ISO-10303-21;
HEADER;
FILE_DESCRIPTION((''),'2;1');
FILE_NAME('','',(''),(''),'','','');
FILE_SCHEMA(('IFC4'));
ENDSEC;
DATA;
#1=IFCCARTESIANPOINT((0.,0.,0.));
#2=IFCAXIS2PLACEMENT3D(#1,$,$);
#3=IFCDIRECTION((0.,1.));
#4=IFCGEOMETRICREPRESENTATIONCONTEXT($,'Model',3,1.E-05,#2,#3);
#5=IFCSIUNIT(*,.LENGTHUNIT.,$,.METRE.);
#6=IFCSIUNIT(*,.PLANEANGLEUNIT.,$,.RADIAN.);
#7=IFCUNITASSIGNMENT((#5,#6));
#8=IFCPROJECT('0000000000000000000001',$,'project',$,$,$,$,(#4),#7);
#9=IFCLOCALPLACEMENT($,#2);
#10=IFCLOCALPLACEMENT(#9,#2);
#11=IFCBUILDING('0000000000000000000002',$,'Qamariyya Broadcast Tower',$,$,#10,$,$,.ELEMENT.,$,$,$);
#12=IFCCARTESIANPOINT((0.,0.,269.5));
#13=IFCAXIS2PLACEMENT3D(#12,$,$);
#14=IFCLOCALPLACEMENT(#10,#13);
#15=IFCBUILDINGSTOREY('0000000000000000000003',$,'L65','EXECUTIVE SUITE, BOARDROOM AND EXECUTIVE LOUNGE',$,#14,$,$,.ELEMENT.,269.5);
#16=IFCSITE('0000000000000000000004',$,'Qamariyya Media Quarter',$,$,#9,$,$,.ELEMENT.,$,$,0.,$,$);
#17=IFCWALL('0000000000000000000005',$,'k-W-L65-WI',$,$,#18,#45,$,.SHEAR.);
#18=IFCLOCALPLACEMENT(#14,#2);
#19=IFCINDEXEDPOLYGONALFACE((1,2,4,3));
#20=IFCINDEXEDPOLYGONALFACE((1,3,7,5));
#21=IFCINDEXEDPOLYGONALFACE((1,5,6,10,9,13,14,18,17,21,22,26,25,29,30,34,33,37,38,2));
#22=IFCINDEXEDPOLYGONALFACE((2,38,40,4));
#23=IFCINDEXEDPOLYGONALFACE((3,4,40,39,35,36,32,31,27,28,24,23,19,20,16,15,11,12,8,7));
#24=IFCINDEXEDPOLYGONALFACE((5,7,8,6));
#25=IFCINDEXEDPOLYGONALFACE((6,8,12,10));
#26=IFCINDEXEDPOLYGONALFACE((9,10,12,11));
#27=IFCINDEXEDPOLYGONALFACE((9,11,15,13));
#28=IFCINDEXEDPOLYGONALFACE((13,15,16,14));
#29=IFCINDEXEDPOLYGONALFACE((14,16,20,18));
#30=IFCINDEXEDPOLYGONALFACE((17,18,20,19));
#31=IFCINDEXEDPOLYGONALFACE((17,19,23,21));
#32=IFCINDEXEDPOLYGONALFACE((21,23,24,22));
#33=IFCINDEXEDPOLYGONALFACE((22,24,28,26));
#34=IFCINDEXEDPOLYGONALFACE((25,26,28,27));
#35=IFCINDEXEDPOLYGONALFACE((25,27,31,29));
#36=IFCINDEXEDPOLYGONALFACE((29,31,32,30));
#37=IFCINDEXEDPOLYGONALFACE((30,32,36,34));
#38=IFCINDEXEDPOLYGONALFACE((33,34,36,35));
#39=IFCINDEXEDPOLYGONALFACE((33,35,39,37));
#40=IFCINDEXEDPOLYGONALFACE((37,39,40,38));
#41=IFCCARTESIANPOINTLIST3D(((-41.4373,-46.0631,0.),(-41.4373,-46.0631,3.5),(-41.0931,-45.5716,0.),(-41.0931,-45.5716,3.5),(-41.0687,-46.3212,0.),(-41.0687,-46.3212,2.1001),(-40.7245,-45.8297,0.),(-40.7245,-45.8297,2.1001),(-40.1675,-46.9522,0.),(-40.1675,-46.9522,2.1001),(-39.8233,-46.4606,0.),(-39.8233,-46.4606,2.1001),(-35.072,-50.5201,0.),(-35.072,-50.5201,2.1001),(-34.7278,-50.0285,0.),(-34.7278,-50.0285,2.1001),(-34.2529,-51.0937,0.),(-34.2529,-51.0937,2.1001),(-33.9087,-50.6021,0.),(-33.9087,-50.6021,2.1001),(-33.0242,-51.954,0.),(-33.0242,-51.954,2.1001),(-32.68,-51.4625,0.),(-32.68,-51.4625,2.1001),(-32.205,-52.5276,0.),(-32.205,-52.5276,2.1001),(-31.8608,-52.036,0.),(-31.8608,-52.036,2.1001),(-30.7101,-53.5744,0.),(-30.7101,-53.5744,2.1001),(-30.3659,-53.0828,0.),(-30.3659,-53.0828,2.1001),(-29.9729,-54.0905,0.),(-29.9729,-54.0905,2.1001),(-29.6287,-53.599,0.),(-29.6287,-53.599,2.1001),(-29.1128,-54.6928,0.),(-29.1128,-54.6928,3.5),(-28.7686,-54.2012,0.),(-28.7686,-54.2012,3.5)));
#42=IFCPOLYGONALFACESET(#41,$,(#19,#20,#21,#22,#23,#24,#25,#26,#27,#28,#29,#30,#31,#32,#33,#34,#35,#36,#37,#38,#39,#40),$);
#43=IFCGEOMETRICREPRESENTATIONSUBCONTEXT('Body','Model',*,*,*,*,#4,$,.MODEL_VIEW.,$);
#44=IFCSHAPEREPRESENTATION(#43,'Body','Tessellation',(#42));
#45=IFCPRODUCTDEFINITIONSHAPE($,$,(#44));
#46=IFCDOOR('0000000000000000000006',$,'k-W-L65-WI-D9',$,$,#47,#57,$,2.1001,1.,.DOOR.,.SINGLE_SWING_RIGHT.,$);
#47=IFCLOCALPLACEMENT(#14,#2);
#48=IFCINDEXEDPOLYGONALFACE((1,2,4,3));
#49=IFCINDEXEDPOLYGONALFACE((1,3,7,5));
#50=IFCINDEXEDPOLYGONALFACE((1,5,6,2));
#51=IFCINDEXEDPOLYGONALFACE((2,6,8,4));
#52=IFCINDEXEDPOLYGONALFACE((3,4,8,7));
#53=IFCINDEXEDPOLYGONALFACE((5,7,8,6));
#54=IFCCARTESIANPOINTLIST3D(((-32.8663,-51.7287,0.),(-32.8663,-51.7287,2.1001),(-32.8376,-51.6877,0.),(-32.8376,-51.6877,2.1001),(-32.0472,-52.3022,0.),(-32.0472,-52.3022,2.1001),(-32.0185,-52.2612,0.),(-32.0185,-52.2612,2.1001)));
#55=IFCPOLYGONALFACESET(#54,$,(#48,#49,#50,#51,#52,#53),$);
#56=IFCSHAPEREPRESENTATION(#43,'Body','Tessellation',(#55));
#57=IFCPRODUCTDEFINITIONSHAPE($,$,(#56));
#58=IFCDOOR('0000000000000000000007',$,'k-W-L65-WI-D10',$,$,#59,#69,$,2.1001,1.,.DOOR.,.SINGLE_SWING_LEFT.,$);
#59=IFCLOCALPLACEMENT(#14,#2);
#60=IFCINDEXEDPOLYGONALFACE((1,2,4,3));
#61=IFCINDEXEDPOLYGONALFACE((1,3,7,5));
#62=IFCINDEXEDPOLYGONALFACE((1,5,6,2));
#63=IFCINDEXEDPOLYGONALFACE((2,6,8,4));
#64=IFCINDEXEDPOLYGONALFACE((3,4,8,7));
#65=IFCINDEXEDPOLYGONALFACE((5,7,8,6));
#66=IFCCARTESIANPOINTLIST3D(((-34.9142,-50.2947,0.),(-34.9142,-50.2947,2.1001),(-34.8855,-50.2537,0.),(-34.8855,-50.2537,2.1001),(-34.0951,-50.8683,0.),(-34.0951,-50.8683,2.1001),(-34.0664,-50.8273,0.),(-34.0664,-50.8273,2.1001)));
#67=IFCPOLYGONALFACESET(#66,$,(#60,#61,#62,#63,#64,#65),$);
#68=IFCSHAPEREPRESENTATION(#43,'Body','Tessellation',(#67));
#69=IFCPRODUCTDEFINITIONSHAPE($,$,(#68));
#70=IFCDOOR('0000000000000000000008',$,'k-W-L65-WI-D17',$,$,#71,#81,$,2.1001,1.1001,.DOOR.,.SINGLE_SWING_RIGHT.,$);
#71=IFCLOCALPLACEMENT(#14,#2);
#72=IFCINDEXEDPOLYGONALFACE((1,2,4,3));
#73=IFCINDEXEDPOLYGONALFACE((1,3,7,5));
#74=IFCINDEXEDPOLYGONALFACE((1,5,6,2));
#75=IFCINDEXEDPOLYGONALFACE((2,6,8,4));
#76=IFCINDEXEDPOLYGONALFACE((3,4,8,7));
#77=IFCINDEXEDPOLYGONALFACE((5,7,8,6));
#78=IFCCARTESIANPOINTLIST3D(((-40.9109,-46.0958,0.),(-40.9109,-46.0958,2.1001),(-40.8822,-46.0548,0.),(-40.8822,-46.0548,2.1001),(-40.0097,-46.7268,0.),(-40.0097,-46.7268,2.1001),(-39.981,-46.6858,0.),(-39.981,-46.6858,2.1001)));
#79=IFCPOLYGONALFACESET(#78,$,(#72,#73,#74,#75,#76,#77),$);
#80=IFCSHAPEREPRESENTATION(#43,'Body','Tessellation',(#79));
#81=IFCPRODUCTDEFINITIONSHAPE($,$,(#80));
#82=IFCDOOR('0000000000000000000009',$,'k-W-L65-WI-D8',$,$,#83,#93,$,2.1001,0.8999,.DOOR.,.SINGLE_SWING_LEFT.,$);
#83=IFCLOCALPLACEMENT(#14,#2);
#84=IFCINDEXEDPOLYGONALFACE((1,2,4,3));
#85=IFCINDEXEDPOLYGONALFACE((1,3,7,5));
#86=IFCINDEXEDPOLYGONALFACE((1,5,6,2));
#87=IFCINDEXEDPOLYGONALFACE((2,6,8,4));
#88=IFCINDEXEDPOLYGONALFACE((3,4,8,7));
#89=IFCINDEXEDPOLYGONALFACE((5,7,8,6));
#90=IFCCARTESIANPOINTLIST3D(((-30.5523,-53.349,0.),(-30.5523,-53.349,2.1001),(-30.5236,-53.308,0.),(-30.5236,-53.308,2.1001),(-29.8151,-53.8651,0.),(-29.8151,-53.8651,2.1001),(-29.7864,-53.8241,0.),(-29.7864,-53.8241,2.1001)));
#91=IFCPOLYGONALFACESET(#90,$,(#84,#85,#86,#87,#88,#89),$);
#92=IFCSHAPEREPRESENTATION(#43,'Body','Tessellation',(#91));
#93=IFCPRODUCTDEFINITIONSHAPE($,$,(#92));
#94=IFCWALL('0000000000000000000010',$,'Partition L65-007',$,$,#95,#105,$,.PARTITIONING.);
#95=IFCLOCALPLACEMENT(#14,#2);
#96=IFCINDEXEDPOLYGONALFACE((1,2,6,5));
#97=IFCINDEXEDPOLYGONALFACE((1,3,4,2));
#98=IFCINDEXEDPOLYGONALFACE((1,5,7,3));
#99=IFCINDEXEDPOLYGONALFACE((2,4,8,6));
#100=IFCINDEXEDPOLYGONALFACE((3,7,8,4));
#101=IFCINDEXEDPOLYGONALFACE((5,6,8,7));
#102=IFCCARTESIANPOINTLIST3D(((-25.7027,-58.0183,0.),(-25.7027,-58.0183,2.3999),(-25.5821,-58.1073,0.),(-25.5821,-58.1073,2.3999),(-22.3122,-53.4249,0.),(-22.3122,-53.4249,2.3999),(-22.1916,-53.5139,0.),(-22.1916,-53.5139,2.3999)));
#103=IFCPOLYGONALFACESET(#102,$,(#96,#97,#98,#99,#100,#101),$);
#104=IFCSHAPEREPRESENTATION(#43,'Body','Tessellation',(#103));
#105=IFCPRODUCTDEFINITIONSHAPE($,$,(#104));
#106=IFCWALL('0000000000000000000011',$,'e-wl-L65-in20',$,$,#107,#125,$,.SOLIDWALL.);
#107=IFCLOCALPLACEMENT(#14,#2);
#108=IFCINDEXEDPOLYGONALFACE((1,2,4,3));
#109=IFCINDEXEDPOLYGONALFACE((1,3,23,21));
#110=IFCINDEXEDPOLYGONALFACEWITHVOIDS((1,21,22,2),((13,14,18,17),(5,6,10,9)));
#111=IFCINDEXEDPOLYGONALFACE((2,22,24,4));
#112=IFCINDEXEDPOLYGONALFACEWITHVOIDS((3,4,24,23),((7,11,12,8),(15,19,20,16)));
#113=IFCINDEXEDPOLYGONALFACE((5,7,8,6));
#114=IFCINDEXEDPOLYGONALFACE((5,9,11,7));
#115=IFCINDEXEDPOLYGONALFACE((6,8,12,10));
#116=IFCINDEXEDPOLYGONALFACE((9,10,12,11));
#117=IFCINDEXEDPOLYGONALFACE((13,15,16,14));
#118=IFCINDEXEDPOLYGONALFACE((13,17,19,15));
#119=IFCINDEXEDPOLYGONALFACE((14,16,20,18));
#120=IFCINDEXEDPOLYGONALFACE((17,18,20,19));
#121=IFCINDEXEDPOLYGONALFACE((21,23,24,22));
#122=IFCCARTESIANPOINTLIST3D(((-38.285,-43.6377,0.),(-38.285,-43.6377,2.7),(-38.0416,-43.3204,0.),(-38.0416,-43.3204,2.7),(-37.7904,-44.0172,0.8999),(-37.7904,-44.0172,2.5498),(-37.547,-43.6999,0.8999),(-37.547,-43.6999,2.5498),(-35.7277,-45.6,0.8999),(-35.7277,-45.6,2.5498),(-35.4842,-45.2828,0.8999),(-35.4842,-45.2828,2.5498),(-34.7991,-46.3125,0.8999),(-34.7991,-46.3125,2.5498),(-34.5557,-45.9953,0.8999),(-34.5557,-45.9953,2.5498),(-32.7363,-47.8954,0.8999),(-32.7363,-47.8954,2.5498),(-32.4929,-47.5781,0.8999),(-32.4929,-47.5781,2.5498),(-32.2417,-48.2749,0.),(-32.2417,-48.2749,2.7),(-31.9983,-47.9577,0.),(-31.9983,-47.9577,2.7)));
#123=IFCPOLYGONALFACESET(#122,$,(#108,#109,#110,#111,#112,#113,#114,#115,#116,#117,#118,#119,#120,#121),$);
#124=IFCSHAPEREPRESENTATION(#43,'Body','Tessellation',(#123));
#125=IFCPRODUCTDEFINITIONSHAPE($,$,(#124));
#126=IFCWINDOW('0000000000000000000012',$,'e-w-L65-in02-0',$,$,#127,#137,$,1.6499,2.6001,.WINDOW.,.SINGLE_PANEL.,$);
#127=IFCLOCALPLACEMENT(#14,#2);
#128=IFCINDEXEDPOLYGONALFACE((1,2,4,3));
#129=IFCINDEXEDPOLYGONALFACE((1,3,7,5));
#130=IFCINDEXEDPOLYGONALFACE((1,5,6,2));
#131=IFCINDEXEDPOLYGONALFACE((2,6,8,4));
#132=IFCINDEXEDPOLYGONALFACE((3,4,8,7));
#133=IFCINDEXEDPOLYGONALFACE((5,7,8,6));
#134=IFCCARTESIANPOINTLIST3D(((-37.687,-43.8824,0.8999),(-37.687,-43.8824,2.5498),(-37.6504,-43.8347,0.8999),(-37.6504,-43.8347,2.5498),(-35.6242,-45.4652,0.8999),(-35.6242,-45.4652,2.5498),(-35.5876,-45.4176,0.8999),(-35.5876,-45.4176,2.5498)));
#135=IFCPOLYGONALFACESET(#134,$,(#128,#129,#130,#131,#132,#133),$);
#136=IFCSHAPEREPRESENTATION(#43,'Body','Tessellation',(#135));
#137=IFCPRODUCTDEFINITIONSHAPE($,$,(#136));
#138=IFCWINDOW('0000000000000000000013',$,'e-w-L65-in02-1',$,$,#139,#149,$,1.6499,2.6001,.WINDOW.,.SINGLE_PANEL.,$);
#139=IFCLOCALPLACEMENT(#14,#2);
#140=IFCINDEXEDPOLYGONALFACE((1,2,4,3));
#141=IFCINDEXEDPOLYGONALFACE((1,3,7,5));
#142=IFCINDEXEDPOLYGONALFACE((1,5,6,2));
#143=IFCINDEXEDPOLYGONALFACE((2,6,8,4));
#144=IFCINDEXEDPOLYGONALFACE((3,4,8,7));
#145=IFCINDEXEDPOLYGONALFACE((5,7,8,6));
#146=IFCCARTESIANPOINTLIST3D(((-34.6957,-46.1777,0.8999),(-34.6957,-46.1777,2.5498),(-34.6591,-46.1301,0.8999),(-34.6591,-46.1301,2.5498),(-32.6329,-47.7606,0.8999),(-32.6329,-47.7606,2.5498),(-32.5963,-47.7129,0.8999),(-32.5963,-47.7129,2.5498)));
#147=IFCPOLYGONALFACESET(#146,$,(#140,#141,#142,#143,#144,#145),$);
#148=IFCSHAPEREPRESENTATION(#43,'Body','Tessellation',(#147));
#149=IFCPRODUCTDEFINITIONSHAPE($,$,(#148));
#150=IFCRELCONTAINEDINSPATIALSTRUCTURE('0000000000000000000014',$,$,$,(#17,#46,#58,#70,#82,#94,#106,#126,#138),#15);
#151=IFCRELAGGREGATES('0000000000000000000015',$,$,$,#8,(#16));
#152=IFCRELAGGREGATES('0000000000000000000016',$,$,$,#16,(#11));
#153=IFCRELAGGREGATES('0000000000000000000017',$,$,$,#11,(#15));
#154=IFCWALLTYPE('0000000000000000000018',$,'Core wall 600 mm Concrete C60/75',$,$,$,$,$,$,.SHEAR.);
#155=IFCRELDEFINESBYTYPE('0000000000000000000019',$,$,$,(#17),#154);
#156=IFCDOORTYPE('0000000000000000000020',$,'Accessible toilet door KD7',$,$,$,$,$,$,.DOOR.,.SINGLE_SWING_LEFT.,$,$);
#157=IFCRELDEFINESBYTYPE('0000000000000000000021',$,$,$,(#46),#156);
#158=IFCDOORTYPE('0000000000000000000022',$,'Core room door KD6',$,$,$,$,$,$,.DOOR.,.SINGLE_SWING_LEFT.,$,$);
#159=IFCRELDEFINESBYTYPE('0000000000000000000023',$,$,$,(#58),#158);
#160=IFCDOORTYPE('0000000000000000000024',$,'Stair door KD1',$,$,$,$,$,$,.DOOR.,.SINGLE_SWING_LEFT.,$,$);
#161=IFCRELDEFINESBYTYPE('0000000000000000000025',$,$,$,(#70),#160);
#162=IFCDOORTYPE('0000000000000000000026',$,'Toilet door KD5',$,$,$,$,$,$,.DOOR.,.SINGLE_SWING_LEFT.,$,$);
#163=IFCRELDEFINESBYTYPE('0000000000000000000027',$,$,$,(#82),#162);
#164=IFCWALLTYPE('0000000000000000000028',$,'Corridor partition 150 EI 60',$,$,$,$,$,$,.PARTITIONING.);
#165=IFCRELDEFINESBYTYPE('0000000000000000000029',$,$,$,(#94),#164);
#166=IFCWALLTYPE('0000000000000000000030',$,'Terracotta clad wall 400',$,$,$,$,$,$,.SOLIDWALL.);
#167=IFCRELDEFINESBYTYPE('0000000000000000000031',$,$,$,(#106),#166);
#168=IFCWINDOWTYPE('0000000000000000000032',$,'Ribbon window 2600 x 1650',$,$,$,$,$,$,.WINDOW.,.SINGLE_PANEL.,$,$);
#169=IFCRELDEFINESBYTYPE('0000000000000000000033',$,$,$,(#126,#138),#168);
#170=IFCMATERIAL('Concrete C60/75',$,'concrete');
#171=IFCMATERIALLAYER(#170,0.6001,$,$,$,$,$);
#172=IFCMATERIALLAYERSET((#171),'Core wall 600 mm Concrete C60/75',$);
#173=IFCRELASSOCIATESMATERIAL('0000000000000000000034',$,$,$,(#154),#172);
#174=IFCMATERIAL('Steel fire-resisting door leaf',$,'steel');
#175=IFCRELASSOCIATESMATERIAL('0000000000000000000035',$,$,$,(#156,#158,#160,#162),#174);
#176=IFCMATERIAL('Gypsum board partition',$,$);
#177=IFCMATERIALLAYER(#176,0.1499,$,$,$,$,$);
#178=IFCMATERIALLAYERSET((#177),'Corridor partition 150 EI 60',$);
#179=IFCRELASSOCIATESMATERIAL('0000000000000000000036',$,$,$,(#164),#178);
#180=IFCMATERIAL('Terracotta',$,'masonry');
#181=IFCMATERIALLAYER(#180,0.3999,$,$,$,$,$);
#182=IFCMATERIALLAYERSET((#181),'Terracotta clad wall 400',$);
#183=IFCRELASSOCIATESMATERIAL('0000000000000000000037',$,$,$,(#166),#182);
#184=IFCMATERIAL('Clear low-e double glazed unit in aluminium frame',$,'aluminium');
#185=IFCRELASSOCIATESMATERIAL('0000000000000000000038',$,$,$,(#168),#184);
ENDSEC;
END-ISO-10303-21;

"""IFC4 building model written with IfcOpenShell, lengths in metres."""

from ifc_helpers import new_model, si_unit, direction, frame, frame_2d, origin, place, context, subcontext, project, spatial, rectangle, extrude, material, layer, layer_set, type_object, element, fill, save


model = new_model("IFC4")

# Units and contexts
model_context = context("Model", 3, precision=1e-05, world=origin(), true_north=direction((0.0, 1.0)))
body_context = subcontext(model_context, "Body", "Model", "MODEL_VIEW")
ifc_project = project(units=[si_unit("LENGTHUNIT", "METRE"), si_unit("PLANEANGLEUNIT", "RADIAN")], contexts=[model_context])

# Site, building, storey
site_placement = place(None, origin())
site = spatial("IfcSite", under=ifc_project, at=site_placement, Name="Qamariyya Media Quarter", CompositionType="ELEMENT", RefElevation=0.0)
building_placement = place(site_placement, origin())
building = spatial("IfcBuilding", under=site, at=building_placement, Name="Qamariyya Broadcast Tower", CompositionType="ELEMENT")
storey_placement = place(building_placement, frame((0.0, 0.0, 269.5)))
storey = spatial("IfcBuildingStorey", under=building, at=storey_placement, Name="L65", Description="EXECUTIVE SUITE, BOARDROOM AND EXECUTIVE LOUNGE", CompositionType="ELEMENT", Elevation=269.5)

# Wall, openings, doors
ifc_material_1 = material(Name="Concrete C60/75", Category="concrete")
ifc_layer_1 = layer(ifc_material_1, 0.6001)
ifc_layer_set_1 = layer_set([ifc_layer_1], Name="Core wall 600 mm Concrete C60/75")
wall_type_1 = type_object("IfcWallType", Name="Core wall 600 mm Concrete C60/75", PredefinedType="SHEAR", material=ifc_layer_set_1)
wall_1_placement = place(storey_placement, frame((-28.9407, -54.447, 0.0), z_axis=(0.0, 0.0, 1.0), x_axis=(-0.819153, 0.573575, 0.0)))
wall_1 = element("IfcWall", 1, at=wall_1_placement, inside=storey, type_object=wall_type_1, Name="k-W-L65-WI", PredefinedType="SHEAR", context=body_context, shape_type="SweptSolid", body=[
    extrude(rectangle(XDim=15.0454, YDim=0.6001, at=frame_2d((7.5227, 0.0))), origin(), (0.0, 0.0, 1.0), 3.5),
])
opening_1_placement = place(wall_1_placement, frame((1.05, 0.0, 0.0)))
opening_1 = element("IfcOpeningElement", 2, at=opening_1_placement, cuts=wall_1, PredefinedType="OPENING", context=body_context, shape_type="SweptSolid", body=[
    extrude(rectangle(XDim=0.8999, YDim=2.1001, at=frame_2d((0.45, 1.05))), frame((0.0, 0.3101, 0.0), z_axis=(0.0, -1.0, 0.0), x_axis=(1.0, 0.0, 0.0)), (0.0, 0.0, 1.0), 0.6201),
])
opening_2_placement = place(wall_1_placement, frame((3.7749, 0.0, 0.0)))
opening_2 = element("IfcOpeningElement", 3, at=opening_2_placement, cuts=wall_1, PredefinedType="OPENING", context=body_context, shape_type="SweptSolid", body=[
    extrude(rectangle(XDim=1.0, YDim=2.1001, at=frame_2d((0.5, 1.05))), frame((0.0, 0.3101, 0.0), z_axis=(0.0, -1.0, 0.0), x_axis=(1.0, 0.0, 0.0)), (0.0, 0.0, 1.0), 0.6201),
])
opening_3_placement = place(wall_1_placement, frame((6.2749, 0.0, 0.0)))
opening_3 = element("IfcOpeningElement", 4, at=opening_3_placement, cuts=wall_1, PredefinedType="OPENING", context=body_context, shape_type="SweptSolid", body=[
    extrude(rectangle(XDim=1.0, YDim=2.1001, at=frame_2d((0.5, 1.05))), frame((0.0, 0.3101, 0.0), z_axis=(0.0, -1.0, 0.0), x_axis=(1.0, 0.0, 0.0)), (0.0, 0.0, 1.0), 0.6201),
])
opening_4_placement = place(wall_1_placement, frame((13.4954, 0.0, 0.0)))
opening_4 = element("IfcOpeningElement", 5, at=opening_4_placement, cuts=wall_1, PredefinedType="OPENING", context=body_context, shape_type="SweptSolid", body=[
    extrude(rectangle(XDim=1.1001, YDim=2.1001, at=frame_2d((0.55, 1.05))), frame((0.0, 0.3101, 0.0), z_axis=(0.0, -1.0, 0.0), x_axis=(1.0, 0.0, 0.0)), (0.0, 0.0, 1.0), 0.6201),
])
ifc_material_2 = material(Name="Steel fire-resisting door leaf", Category="steel")
door_type_1 = type_object("IfcDoorType", Name="Accessible toilet door KD7", OperationType="SINGLE_SWING_LEFT", PredefinedType="DOOR", material=ifc_material_2)
door_1_placement = place(opening_2_placement, origin())
door_1 = element("IfcDoor", 6, at=door_1_placement, inside=storey, type_object=door_type_1, Name="k-W-L65-WI-D9", OperationType="SINGLE_SWING_RIGHT", OverallHeight=2.1001, OverallWidth=1.0, PredefinedType="DOOR", context=body_context, shape_type="SweptSolid", body=[
    extrude(rectangle(XDim=1.0, YDim=2.1001, at=frame_2d((0.5, 1.05))), frame((0.0, 0.0249, 0.0), z_axis=(0.0, -1.0, 0.0), x_axis=(1.0, 0.0, 0.0)), (0.0, 0.0, 1.0), 0.05),
])
fill(opening_2, door_1)
door_type_2 = type_object("IfcDoorType", Name="Core room door KD6", OperationType="SINGLE_SWING_LEFT", PredefinedType="DOOR", material=ifc_material_2)
door_2_placement = place(opening_3_placement, origin())
door_2 = element("IfcDoor", 7, at=door_2_placement, inside=storey, type_object=door_type_2, Name="k-W-L65-WI-D10", OperationType="SINGLE_SWING_LEFT", OverallHeight=2.1001, OverallWidth=1.0, PredefinedType="DOOR", context=body_context, shape_type="SweptSolid", body=[
    extrude(rectangle(XDim=1.0, YDim=2.1001, at=frame_2d((0.5, 1.05))), frame((0.0, 0.0249, 0.0), z_axis=(0.0, -1.0, 0.0), x_axis=(1.0, 0.0, 0.0)), (0.0, 0.0, 1.0), 0.05),
])
fill(opening_3, door_2)
door_type_3 = type_object("IfcDoorType", Name="Stair door KD1", OperationType="SINGLE_SWING_LEFT", PredefinedType="DOOR", material=ifc_material_2)
door_3_placement = place(opening_4_placement, origin())
door_3 = element("IfcDoor", 8, at=door_3_placement, inside=storey, type_object=door_type_3, Name="k-W-L65-WI-D17", OperationType="SINGLE_SWING_RIGHT", OverallHeight=2.1001, OverallWidth=1.1001, PredefinedType="DOOR", context=body_context, shape_type="SweptSolid", body=[
    extrude(rectangle(XDim=1.1001, YDim=2.1001, at=frame_2d((0.55, 1.05))), frame((0.0, 0.0249, 0.0), z_axis=(0.0, -1.0, 0.0), x_axis=(1.0, 0.0, 0.0)), (0.0, 0.0, 1.0), 0.05),
])
fill(opening_4, door_3)
door_type_4 = type_object("IfcDoorType", Name="Toilet door KD5", OperationType="SINGLE_SWING_LEFT", PredefinedType="DOOR", material=ifc_material_2)
door_4_placement = place(opening_1_placement, origin())
door_4 = element("IfcDoor", 9, at=door_4_placement, inside=storey, type_object=door_type_4, Name="k-W-L65-WI-D8", OperationType="SINGLE_SWING_LEFT", OverallHeight=2.1001, OverallWidth=0.8999, PredefinedType="DOOR", context=body_context, shape_type="SweptSolid", body=[
    extrude(rectangle(XDim=0.8999, YDim=2.1001, at=frame_2d((0.45, 1.05))), frame((0.0, 0.0249, 0.0), z_axis=(0.0, -1.0, 0.0), x_axis=(1.0, 0.0, 0.0)), (0.0, 0.0, 1.0), 0.05),
])
fill(opening_1, door_4)

# Wall
ifc_material_3 = material(Name="Gypsum board partition")
ifc_layer_2 = layer(ifc_material_3, 0.1499)
ifc_layer_set_2 = layer_set([ifc_layer_2], Name="Corridor partition 150 EI 60")
wall_type_2 = type_object("IfcWallType", Name="Corridor partition 150 EI 60", PredefinedType="PARTITIONING", material=ifc_layer_set_2)
wall_2_placement = place(storey_placement, frame((-22.252, -53.4695, 0.0), z_axis=(0.0, 0.0, 1.0), x_axis=(-0.593873, -0.804559, 0.0)))
element("IfcWall", 10, at=wall_2_placement, inside=storey, type_object=wall_type_2, Name="Partition L65-007", PredefinedType="PARTITIONING", context=body_context, shape_type="SweptSolid", body=[
    extrude(rectangle(XDim=5.7092, YDim=0.1499, at=frame_2d((2.8545, 0.0))), origin(), (0.0, 0.0, 1.0), 2.3999),
])

# Wall, openings, windows
ifc_material_4 = material(Name="Terracotta", Category="masonry")
ifc_layer_3 = layer(ifc_material_4, 0.3999)
ifc_layer_set_3 = layer_set([ifc_layer_3], Name="Terracotta clad wall 400")
wall_type_3 = type_object("IfcWallType", Name="Terracotta clad wall 400", PredefinedType="SOLIDWALL", material=ifc_layer_set_3)
wall_3_placement = place(storey_placement, frame((-32.1201, -48.1162, 0.0), z_axis=(0.0, 0.0, 1.0), x_axis=(-0.793348, 0.608769, 0.0)))
wall_3 = element("IfcWall", 11, at=wall_3_placement, inside=storey, type_object=wall_type_3, Name="e-wl-L65-in20", PredefinedType="SOLIDWALL", context=body_context, shape_type="SweptSolid", body=[
    extrude(rectangle(XDim=7.6174, YDim=0.3999, at=frame_2d((3.8086, 0.0))), origin(), (0.0, 0.0, 1.0), 2.7),
])
opening_5_placement = place(wall_3_placement, frame((4.3938, 0.0, 0.8999)))
opening_5 = element("IfcOpeningElement", 12, at=opening_5_placement, cuts=wall_3, PredefinedType="OPENING", context=body_context, shape_type="SweptSolid", body=[
    extrude(rectangle(XDim=2.6001, YDim=1.6499, at=frame_2d((1.3, 0.825))), frame((0.0, 0.21, 0.0), z_axis=(0.0, -1.0, 0.0), x_axis=(1.0, 0.0, 0.0)), (0.0, 0.0, 1.0), 0.4199),
])
opening_6_placement = place(wall_3_placement, frame((0.6233, 0.0, 0.8999)))
opening_6 = element("IfcOpeningElement", 13, at=opening_6_placement, cuts=wall_3, PredefinedType="OPENING", context=body_context, shape_type="SweptSolid", body=[
    extrude(rectangle(XDim=2.6001, YDim=1.6499, at=frame_2d((1.3, 0.825))), frame((0.0, 0.21, 0.0), z_axis=(0.0, -1.0, 0.0), x_axis=(1.0, 0.0, 0.0)), (0.0, 0.0, 1.0), 0.4199),
])
ifc_material_5 = material(Name="Clear low-e double glazed unit in aluminium frame", Category="aluminium")
window_type = type_object("IfcWindowType", Name="Ribbon window 2600 x 1650", PartitioningType="SINGLE_PANEL", PredefinedType="WINDOW", material=ifc_material_5)
window_1_placement = place(opening_5_placement, origin())
window_1 = element("IfcWindow", 14, at=window_1_placement, inside=storey, type_object=window_type, Name="e-w-L65-in02-0", OverallHeight=1.6499, OverallWidth=2.6001, PartitioningType="SINGLE_PANEL", PredefinedType="WINDOW", context=body_context, shape_type="SweptSolid", body=[
    extrude(rectangle(XDim=2.6001, YDim=1.6499, at=frame_2d((1.3, 0.825))), frame((0.0, 0.03, 0.0), z_axis=(0.0, -1.0, 0.0), x_axis=(1.0, 0.0, 0.0)), (0.0, 0.0, 1.0), 0.0601),
])
fill(opening_5, window_1)
window_2_placement = place(opening_6_placement, origin())
window_2 = element("IfcWindow", 15, at=window_2_placement, inside=storey, type_object=window_type, Name="e-w-L65-in02-1", OverallHeight=1.6499, OverallWidth=2.6001, PartitioningType="SINGLE_PANEL", PredefinedType="WINDOW", context=body_context, shape_type="SweptSolid", body=[
    extrude(rectangle(XDim=2.6001, YDim=1.6499, at=frame_2d((1.3, 0.825))), frame((0.0, 0.03, 0.0), z_axis=(0.0, -1.0, 0.0), x_axis=(1.0, 0.0, 0.0)), (0.0, 0.0, 1.0), 0.0601),
])
fill(opening_6, window_2)

save(model, "model.ifc")
